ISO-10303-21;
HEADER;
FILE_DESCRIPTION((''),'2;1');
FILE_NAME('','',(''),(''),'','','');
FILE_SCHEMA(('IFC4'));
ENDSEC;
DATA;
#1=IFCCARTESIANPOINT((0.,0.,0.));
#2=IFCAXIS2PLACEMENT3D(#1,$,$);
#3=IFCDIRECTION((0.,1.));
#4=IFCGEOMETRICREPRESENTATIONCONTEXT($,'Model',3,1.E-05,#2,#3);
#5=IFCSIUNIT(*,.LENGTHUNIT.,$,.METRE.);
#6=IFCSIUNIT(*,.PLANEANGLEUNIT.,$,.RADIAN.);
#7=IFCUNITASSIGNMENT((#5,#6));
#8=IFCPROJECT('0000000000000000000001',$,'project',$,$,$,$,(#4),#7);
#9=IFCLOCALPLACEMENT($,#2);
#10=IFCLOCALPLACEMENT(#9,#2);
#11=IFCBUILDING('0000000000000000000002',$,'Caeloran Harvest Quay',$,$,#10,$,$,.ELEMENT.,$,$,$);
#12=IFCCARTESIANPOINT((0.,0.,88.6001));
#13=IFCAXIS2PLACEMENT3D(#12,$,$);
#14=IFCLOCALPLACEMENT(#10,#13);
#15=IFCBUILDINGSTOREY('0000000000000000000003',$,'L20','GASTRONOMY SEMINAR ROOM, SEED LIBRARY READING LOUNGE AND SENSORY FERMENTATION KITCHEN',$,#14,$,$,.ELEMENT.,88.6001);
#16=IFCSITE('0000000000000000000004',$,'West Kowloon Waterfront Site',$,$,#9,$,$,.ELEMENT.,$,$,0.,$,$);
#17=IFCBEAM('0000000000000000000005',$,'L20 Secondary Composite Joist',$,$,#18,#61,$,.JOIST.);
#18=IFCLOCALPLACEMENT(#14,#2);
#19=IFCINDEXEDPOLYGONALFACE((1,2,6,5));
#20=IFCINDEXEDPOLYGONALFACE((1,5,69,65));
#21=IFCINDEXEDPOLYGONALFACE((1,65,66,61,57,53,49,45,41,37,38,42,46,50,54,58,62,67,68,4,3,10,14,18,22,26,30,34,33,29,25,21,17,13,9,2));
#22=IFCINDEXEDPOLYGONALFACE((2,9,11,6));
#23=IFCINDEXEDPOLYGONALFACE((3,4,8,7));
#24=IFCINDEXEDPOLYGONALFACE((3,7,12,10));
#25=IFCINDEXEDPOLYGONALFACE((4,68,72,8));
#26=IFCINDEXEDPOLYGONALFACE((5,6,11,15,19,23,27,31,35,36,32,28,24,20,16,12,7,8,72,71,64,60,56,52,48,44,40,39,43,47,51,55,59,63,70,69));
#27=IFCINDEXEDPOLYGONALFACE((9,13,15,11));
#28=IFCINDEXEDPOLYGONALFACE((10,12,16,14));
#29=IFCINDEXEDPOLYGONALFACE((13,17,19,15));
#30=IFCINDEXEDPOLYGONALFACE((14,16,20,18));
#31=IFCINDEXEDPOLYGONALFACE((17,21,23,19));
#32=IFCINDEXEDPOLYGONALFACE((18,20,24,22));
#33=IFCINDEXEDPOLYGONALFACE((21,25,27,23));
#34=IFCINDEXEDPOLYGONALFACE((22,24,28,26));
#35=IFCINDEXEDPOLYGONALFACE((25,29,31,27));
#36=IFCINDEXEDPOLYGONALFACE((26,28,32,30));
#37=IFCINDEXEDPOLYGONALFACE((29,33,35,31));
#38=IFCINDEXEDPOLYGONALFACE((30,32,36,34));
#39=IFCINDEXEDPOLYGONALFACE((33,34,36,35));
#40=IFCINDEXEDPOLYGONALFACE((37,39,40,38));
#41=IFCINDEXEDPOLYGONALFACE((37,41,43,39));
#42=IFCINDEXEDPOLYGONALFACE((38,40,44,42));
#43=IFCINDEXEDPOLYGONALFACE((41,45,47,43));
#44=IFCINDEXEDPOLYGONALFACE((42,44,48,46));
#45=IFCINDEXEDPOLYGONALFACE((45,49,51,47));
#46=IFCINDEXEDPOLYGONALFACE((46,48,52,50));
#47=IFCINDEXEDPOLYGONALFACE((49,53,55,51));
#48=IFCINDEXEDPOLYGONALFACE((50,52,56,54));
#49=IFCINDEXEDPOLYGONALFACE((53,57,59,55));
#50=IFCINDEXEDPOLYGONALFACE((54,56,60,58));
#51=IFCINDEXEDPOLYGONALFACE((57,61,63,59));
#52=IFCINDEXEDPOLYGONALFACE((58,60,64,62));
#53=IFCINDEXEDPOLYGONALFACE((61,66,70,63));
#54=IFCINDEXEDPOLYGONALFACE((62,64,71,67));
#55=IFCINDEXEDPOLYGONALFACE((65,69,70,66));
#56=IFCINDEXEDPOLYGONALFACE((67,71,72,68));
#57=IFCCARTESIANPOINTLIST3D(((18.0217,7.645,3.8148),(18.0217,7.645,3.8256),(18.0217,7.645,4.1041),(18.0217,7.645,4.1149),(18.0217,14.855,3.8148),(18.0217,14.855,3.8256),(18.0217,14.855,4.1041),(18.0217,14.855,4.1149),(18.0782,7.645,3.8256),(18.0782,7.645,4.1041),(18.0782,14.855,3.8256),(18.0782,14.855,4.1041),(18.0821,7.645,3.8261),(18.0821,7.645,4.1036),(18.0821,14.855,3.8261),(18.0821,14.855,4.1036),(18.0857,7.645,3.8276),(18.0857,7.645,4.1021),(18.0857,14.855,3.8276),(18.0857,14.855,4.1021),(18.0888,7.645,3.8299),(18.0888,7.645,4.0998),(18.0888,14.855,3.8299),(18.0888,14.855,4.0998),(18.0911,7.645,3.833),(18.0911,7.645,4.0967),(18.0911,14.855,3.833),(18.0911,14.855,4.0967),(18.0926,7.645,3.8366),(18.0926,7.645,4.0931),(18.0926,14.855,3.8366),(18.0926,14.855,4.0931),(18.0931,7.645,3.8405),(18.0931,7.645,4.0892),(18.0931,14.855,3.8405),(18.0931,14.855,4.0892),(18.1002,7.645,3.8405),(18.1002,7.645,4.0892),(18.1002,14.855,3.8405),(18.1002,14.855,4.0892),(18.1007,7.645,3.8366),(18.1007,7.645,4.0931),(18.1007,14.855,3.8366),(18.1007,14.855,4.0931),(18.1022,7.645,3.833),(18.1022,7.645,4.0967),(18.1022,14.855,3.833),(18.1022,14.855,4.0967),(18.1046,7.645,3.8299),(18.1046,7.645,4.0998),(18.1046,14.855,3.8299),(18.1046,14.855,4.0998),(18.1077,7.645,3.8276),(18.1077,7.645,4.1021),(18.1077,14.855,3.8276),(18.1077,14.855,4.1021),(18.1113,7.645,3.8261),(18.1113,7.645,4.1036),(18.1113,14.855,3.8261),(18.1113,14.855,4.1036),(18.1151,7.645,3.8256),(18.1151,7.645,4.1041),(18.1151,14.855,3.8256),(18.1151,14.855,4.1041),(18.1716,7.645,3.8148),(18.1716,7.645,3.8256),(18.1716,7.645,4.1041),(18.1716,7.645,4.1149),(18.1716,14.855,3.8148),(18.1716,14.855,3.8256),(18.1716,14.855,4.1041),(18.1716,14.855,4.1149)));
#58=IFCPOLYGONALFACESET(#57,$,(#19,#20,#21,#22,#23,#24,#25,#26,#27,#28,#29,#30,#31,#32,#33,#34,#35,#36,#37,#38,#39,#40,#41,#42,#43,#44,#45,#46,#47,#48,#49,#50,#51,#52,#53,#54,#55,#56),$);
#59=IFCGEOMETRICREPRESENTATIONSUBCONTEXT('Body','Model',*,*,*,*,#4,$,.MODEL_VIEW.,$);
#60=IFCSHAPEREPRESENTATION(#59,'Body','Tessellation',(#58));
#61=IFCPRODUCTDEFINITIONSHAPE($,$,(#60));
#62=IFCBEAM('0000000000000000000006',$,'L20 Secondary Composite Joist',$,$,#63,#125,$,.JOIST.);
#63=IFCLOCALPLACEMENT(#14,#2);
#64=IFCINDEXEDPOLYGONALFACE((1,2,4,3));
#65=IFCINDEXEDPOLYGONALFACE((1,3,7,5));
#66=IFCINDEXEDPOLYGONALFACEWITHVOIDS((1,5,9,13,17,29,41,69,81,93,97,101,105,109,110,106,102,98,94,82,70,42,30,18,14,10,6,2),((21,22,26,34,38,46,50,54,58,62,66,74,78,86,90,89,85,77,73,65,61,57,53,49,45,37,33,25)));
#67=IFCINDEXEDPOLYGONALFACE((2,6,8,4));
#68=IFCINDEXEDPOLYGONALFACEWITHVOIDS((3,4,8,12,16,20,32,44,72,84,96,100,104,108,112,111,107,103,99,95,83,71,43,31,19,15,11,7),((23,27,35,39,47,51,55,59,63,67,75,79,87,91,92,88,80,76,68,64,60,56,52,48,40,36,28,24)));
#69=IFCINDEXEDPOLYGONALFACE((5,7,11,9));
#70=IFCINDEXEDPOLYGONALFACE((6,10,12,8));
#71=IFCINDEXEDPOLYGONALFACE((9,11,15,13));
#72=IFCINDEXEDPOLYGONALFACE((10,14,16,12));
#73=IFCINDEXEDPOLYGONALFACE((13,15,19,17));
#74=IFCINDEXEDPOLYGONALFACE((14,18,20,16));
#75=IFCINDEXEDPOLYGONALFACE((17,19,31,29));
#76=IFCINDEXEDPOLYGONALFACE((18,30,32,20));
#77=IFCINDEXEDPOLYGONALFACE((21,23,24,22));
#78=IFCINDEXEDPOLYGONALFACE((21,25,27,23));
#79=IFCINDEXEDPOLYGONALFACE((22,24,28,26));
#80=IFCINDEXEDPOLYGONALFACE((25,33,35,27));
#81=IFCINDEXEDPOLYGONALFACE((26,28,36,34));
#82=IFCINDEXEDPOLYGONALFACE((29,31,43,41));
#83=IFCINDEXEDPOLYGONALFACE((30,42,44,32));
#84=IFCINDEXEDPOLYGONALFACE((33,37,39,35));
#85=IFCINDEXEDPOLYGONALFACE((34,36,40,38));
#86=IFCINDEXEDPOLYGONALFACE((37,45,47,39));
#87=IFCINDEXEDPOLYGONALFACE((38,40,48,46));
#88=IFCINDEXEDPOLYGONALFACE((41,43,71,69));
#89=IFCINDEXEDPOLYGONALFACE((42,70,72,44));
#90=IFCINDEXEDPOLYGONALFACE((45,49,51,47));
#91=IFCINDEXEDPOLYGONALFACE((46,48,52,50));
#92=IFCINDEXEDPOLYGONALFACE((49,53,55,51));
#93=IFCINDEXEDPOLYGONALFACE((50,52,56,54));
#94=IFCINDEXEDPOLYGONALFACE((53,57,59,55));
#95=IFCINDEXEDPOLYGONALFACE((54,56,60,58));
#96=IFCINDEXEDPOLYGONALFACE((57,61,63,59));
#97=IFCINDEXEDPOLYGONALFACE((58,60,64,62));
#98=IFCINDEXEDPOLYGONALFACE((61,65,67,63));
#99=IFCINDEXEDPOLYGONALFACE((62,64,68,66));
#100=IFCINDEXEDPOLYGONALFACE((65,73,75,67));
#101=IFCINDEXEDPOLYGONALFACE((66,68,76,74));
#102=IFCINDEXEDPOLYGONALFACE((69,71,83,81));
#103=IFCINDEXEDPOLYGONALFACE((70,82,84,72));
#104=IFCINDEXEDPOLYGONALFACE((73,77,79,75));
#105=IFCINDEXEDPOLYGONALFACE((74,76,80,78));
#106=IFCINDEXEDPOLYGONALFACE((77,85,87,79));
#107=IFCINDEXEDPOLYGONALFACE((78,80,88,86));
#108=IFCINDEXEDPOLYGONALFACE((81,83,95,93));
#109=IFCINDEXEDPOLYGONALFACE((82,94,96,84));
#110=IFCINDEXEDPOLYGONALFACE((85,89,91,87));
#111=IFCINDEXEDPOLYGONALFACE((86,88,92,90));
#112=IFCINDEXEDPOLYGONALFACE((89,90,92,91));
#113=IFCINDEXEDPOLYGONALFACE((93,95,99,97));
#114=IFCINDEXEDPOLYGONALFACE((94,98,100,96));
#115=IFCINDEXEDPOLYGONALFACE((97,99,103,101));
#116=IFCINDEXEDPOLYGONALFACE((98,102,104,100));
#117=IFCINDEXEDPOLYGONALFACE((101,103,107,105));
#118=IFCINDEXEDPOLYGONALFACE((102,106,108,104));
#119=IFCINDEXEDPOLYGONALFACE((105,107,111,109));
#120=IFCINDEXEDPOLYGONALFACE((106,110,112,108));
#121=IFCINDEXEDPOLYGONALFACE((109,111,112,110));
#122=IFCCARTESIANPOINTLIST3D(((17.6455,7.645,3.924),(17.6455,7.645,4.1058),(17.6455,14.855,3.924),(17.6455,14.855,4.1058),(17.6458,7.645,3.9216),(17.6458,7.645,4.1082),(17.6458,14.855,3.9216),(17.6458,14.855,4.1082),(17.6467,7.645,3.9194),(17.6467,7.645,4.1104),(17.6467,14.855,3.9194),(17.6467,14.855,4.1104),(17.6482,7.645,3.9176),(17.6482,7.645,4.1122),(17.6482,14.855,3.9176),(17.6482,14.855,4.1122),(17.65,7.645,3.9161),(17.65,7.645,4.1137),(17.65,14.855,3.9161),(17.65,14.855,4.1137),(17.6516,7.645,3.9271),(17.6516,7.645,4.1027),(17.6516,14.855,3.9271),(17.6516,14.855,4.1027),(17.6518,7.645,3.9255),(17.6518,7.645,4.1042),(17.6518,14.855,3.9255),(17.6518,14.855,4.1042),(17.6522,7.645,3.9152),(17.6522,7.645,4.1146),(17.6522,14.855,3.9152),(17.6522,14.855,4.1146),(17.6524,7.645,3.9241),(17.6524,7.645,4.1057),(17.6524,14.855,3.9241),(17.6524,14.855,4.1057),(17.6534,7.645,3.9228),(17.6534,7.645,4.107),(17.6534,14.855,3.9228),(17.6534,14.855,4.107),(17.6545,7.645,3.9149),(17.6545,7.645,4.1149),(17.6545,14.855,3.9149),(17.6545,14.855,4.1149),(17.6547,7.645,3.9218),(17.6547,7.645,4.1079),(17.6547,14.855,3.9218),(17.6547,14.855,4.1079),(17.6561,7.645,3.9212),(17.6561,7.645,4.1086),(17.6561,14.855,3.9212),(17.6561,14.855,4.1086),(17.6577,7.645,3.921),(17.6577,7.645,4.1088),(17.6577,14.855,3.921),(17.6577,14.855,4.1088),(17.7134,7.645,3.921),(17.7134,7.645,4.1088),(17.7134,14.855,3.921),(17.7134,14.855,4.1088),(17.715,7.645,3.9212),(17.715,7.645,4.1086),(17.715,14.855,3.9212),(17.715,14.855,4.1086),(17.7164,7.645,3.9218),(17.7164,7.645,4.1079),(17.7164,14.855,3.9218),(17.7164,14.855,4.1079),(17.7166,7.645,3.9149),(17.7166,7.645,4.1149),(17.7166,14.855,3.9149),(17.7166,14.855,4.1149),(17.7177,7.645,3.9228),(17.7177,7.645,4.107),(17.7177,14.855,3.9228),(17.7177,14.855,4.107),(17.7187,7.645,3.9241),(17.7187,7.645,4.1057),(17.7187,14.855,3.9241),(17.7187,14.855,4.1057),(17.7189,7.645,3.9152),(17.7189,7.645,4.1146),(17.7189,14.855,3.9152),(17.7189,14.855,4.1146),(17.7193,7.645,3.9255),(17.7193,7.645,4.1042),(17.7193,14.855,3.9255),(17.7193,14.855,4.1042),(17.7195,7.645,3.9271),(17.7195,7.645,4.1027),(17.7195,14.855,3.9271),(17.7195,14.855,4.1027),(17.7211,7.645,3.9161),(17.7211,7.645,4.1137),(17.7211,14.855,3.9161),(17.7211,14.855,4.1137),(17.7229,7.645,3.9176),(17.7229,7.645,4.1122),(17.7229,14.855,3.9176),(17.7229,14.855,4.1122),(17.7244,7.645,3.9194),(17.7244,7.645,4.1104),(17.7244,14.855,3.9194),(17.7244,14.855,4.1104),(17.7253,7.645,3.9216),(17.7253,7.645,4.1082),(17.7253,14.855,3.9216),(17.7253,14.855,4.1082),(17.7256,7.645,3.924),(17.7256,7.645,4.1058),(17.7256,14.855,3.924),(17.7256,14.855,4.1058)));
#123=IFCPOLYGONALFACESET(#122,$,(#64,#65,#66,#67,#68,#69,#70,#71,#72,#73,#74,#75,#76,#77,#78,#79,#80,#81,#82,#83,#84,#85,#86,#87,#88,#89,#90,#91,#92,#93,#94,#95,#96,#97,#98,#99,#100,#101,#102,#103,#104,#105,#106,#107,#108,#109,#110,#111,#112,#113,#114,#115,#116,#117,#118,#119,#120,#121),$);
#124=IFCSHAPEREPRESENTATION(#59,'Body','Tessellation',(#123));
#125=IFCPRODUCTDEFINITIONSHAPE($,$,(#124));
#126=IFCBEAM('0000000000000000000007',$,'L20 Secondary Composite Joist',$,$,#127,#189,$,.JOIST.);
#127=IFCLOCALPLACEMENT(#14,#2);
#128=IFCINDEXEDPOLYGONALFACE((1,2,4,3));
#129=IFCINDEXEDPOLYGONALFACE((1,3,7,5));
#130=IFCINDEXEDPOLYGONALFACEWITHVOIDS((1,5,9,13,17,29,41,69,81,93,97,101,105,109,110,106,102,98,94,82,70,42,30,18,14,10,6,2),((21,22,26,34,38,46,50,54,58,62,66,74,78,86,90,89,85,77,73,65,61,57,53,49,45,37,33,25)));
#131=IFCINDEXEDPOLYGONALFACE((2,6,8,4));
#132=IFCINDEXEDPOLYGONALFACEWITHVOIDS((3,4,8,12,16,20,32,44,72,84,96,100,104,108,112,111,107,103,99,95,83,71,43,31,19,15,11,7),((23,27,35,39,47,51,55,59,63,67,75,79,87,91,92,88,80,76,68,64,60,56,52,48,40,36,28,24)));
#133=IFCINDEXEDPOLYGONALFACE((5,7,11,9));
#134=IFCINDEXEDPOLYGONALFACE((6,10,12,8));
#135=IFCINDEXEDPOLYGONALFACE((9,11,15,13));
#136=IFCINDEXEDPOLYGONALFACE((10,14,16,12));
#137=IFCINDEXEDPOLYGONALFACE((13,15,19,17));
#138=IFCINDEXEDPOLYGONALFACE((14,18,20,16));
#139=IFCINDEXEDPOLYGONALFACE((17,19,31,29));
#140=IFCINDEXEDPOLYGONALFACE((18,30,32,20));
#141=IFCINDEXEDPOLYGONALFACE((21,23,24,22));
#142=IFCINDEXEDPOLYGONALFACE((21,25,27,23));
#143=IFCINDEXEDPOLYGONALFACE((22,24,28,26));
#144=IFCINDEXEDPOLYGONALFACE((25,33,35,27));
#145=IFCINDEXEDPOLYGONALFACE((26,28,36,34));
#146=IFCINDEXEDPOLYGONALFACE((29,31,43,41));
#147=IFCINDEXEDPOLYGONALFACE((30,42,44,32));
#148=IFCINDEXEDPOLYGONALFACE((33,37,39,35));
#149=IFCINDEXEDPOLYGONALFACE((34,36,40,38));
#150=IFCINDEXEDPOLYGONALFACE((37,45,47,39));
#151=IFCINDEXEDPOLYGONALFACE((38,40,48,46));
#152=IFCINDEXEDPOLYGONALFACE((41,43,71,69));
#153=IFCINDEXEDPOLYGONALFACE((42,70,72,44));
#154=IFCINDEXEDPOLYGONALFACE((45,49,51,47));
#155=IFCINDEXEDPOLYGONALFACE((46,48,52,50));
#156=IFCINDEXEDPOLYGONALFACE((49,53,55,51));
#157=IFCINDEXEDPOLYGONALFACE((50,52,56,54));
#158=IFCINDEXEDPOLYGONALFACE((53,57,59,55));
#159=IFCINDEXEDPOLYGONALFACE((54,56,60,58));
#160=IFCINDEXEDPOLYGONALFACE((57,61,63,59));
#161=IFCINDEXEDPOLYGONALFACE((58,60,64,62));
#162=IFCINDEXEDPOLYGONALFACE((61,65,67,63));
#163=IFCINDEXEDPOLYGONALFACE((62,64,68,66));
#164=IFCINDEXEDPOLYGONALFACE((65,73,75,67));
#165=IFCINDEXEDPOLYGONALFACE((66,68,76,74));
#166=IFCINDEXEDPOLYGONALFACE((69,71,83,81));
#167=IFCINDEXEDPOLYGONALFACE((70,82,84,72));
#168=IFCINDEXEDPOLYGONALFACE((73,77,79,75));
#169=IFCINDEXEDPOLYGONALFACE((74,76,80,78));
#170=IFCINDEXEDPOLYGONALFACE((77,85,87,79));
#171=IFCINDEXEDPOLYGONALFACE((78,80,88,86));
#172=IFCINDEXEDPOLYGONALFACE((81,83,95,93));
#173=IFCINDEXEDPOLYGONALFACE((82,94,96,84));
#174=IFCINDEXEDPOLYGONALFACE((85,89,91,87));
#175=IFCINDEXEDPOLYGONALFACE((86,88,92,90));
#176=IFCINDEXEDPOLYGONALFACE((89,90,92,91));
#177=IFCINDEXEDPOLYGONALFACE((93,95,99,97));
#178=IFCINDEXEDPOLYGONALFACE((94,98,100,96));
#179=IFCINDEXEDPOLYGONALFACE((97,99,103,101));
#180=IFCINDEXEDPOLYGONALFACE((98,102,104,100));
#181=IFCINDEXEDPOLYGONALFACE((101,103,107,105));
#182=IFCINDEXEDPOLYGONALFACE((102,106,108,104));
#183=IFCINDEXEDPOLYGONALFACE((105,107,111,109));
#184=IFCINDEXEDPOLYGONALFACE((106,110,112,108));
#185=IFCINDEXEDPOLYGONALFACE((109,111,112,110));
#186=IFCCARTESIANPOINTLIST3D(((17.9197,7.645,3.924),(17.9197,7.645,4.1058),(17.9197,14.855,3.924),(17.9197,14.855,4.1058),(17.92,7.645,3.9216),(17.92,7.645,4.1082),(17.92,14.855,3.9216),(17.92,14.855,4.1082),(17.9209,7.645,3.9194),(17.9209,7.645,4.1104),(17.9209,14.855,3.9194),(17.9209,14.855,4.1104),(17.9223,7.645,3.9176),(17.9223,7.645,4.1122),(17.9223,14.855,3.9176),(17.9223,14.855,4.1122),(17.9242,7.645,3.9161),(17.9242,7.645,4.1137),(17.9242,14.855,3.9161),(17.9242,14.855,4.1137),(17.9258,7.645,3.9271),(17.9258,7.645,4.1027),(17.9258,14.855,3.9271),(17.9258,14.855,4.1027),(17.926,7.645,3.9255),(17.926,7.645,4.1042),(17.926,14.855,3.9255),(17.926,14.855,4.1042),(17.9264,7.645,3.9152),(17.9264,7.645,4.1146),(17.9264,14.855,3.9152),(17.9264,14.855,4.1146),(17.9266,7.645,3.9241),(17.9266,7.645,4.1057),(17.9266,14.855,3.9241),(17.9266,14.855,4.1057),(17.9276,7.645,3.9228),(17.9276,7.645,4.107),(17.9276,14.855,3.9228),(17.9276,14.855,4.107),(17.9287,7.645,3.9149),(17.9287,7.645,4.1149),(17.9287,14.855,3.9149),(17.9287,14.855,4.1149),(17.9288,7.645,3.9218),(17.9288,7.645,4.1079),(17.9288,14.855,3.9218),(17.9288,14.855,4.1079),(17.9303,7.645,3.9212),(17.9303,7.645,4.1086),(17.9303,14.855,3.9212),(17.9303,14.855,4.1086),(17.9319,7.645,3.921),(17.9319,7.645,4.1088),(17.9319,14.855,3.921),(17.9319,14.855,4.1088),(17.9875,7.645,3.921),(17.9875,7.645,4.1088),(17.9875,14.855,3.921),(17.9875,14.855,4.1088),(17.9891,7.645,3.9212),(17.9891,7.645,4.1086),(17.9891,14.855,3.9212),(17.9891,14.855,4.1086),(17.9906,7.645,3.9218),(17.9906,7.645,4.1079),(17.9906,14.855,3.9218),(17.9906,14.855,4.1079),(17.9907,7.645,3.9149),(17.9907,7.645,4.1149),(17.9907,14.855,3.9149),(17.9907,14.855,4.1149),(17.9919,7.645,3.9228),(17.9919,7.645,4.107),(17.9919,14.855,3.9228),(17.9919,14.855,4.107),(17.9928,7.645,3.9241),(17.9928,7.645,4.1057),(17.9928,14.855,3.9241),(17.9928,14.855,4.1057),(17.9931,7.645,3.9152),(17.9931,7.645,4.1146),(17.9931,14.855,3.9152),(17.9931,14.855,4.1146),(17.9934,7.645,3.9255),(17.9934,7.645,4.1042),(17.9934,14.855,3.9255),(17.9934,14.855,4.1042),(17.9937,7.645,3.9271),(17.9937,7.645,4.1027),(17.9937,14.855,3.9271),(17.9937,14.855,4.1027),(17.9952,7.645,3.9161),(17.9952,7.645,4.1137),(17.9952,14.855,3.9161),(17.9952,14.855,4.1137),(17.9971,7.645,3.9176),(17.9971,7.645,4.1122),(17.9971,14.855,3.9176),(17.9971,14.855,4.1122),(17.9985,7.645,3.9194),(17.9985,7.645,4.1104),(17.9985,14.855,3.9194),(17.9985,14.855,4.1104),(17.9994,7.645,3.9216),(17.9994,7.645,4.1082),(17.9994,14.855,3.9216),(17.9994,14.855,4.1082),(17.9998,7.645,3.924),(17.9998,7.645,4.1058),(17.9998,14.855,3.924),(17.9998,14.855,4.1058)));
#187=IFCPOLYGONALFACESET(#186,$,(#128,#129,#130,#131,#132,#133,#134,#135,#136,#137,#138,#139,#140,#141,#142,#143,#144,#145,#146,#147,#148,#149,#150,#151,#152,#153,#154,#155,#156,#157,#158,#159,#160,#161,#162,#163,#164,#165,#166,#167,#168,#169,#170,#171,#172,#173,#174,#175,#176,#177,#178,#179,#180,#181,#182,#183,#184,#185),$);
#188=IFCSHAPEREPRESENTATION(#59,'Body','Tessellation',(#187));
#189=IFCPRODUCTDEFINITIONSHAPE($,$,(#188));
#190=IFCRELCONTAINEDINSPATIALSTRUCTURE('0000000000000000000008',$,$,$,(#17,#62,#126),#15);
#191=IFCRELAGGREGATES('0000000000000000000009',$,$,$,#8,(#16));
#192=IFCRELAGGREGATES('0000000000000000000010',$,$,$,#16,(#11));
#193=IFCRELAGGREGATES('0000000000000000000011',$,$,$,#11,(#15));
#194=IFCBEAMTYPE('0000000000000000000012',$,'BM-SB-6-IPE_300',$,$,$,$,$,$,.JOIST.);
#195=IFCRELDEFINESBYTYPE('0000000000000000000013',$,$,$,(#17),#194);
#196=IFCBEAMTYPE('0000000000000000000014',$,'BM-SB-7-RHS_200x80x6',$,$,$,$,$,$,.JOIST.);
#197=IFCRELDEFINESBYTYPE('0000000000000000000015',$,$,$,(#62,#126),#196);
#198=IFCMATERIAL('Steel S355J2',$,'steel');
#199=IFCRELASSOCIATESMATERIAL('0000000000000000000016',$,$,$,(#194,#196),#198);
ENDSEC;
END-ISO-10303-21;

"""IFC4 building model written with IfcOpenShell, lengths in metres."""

from ifc_helpers import new_model, si_unit, direction, frame, origin, origin_2d, place, context, subcontext, project, spatial, hollow_rectangle, i_section, extrude, material, material_profile, profile_set, type_object, element, save


model = new_model("IFC4")

# Units and contexts
model_context = context("Model", 3, precision=1e-05, world=origin(), true_north=direction((0.0, 1.0)))
body_context = subcontext(model_context, "Body", "Model", "MODEL_VIEW")
ifc_project = project(units=[si_unit("LENGTHUNIT", "METRE"), si_unit("PLANEANGLEUNIT", "RADIAN")], contexts=[model_context])

# Site, building, storey
site_placement = place(None, origin())
site = spatial("IfcSite", under=ifc_project, at=site_placement, Name="West Kowloon Waterfront Site", CompositionType="ELEMENT", RefElevation=0.0)
building_placement = place(site_placement, origin())
building = spatial("IfcBuilding", under=site, at=building_placement, Name="Caeloran Harvest Quay", CompositionType="ELEMENT")
storey_placement = place(building_placement, frame((0.0, 0.0, 88.6001)))
storey = spatial("IfcBuildingStorey", under=building, at=storey_placement, Name="L20", Description="GASTRONOMY SEMINAR ROOM, SEED LIBRARY READING LOUNGE AND SENSORY FERMENTATION KITCHEN", CompositionType="ELEMENT", Elevation=88.6001)

# Beams
ifc_material_1 = material(Name="Steel S355J2", Category="steel")
ifc_material_profile_1 = material_profile(ifc_material_1, i_section(OverallWidth=0.1499, OverallDepth=0.3, WebThickness=0.0071, FlangeThickness=0.0107, FilletRadius=0.0149, at=origin_2d()), Name="IPE 300")
ifc_profile_set_1 = profile_set([ifc_material_profile_1], Name="Steel S355J2")
beam_type_1 = type_object("IfcBeamType", Name="BM-SB-6-IPE_300", PredefinedType="JOIST", material=ifc_profile_set_1)
for number, where, z_axis, x_axis, name in (
    (1, (18.0967, 7.645, 3.9648), (0.0, 1.0, 0.0), (-1.0, 0.0, 0.0), "L20 Secondary Composite Joist"),
):
    element("IfcBeam", number, at=place(storey_placement, frame(where, z_axis=z_axis, x_axis=x_axis)), inside=storey, type_object=beam_type_1, Name=name, PredefinedType="JOIST", context=body_context, shape_type="SweptSolid", body=[
        extrude(i_section(OverallWidth=0.1499, OverallDepth=0.3, WebThickness=0.0071, FlangeThickness=0.0107, FilletRadius=0.0149, at=origin_2d()), origin(), (0.0, 0.0, 1.0), 7.21),
    ])
ifc_material_profile_2 = material_profile(ifc_material_1, hollow_rectangle(XDim=0.0801, YDim=0.2, WallThickness=0.0061, InnerFilletRadius=0.0061, OuterFilletRadius=0.009, at=origin_2d()), Name="RHS 200x80x6")
ifc_profile_set_2 = profile_set([ifc_material_profile_2], Name="Steel S355J2")
beam_type_2 = type_object("IfcBeamType", Name="BM-SB-7-RHS_200x80x6", PredefinedType="JOIST", material=ifc_profile_set_2)
for number, where, z_axis, x_axis, name in (
    (2, (17.6855, 7.645, 4.0149), (0.0, 1.0, 0.0), (-1.0, 0.0, 0.0), "L20 Secondary Composite Joist"),
    (3, (17.9597, 7.645, 4.0149), (0.0, 1.0, 0.0), (-1.0, 0.0, 0.0), "L20 Secondary Composite Joist"),
):
    element("IfcBeam", number, at=place(storey_placement, frame(where, z_axis=z_axis, x_axis=x_axis)), inside=storey, type_object=beam_type_2, Name=name, PredefinedType="JOIST", context=body_context, shape_type="SweptSolid", body=[
        extrude(hollow_rectangle(XDim=0.0801, YDim=0.2, WallThickness=0.0061, InnerFilletRadius=0.0061, OuterFilletRadius=0.009, at=origin_2d()), origin(), (0.0, 0.0, 1.0), 7.21),
    ])

save(model, "model.ifc")
